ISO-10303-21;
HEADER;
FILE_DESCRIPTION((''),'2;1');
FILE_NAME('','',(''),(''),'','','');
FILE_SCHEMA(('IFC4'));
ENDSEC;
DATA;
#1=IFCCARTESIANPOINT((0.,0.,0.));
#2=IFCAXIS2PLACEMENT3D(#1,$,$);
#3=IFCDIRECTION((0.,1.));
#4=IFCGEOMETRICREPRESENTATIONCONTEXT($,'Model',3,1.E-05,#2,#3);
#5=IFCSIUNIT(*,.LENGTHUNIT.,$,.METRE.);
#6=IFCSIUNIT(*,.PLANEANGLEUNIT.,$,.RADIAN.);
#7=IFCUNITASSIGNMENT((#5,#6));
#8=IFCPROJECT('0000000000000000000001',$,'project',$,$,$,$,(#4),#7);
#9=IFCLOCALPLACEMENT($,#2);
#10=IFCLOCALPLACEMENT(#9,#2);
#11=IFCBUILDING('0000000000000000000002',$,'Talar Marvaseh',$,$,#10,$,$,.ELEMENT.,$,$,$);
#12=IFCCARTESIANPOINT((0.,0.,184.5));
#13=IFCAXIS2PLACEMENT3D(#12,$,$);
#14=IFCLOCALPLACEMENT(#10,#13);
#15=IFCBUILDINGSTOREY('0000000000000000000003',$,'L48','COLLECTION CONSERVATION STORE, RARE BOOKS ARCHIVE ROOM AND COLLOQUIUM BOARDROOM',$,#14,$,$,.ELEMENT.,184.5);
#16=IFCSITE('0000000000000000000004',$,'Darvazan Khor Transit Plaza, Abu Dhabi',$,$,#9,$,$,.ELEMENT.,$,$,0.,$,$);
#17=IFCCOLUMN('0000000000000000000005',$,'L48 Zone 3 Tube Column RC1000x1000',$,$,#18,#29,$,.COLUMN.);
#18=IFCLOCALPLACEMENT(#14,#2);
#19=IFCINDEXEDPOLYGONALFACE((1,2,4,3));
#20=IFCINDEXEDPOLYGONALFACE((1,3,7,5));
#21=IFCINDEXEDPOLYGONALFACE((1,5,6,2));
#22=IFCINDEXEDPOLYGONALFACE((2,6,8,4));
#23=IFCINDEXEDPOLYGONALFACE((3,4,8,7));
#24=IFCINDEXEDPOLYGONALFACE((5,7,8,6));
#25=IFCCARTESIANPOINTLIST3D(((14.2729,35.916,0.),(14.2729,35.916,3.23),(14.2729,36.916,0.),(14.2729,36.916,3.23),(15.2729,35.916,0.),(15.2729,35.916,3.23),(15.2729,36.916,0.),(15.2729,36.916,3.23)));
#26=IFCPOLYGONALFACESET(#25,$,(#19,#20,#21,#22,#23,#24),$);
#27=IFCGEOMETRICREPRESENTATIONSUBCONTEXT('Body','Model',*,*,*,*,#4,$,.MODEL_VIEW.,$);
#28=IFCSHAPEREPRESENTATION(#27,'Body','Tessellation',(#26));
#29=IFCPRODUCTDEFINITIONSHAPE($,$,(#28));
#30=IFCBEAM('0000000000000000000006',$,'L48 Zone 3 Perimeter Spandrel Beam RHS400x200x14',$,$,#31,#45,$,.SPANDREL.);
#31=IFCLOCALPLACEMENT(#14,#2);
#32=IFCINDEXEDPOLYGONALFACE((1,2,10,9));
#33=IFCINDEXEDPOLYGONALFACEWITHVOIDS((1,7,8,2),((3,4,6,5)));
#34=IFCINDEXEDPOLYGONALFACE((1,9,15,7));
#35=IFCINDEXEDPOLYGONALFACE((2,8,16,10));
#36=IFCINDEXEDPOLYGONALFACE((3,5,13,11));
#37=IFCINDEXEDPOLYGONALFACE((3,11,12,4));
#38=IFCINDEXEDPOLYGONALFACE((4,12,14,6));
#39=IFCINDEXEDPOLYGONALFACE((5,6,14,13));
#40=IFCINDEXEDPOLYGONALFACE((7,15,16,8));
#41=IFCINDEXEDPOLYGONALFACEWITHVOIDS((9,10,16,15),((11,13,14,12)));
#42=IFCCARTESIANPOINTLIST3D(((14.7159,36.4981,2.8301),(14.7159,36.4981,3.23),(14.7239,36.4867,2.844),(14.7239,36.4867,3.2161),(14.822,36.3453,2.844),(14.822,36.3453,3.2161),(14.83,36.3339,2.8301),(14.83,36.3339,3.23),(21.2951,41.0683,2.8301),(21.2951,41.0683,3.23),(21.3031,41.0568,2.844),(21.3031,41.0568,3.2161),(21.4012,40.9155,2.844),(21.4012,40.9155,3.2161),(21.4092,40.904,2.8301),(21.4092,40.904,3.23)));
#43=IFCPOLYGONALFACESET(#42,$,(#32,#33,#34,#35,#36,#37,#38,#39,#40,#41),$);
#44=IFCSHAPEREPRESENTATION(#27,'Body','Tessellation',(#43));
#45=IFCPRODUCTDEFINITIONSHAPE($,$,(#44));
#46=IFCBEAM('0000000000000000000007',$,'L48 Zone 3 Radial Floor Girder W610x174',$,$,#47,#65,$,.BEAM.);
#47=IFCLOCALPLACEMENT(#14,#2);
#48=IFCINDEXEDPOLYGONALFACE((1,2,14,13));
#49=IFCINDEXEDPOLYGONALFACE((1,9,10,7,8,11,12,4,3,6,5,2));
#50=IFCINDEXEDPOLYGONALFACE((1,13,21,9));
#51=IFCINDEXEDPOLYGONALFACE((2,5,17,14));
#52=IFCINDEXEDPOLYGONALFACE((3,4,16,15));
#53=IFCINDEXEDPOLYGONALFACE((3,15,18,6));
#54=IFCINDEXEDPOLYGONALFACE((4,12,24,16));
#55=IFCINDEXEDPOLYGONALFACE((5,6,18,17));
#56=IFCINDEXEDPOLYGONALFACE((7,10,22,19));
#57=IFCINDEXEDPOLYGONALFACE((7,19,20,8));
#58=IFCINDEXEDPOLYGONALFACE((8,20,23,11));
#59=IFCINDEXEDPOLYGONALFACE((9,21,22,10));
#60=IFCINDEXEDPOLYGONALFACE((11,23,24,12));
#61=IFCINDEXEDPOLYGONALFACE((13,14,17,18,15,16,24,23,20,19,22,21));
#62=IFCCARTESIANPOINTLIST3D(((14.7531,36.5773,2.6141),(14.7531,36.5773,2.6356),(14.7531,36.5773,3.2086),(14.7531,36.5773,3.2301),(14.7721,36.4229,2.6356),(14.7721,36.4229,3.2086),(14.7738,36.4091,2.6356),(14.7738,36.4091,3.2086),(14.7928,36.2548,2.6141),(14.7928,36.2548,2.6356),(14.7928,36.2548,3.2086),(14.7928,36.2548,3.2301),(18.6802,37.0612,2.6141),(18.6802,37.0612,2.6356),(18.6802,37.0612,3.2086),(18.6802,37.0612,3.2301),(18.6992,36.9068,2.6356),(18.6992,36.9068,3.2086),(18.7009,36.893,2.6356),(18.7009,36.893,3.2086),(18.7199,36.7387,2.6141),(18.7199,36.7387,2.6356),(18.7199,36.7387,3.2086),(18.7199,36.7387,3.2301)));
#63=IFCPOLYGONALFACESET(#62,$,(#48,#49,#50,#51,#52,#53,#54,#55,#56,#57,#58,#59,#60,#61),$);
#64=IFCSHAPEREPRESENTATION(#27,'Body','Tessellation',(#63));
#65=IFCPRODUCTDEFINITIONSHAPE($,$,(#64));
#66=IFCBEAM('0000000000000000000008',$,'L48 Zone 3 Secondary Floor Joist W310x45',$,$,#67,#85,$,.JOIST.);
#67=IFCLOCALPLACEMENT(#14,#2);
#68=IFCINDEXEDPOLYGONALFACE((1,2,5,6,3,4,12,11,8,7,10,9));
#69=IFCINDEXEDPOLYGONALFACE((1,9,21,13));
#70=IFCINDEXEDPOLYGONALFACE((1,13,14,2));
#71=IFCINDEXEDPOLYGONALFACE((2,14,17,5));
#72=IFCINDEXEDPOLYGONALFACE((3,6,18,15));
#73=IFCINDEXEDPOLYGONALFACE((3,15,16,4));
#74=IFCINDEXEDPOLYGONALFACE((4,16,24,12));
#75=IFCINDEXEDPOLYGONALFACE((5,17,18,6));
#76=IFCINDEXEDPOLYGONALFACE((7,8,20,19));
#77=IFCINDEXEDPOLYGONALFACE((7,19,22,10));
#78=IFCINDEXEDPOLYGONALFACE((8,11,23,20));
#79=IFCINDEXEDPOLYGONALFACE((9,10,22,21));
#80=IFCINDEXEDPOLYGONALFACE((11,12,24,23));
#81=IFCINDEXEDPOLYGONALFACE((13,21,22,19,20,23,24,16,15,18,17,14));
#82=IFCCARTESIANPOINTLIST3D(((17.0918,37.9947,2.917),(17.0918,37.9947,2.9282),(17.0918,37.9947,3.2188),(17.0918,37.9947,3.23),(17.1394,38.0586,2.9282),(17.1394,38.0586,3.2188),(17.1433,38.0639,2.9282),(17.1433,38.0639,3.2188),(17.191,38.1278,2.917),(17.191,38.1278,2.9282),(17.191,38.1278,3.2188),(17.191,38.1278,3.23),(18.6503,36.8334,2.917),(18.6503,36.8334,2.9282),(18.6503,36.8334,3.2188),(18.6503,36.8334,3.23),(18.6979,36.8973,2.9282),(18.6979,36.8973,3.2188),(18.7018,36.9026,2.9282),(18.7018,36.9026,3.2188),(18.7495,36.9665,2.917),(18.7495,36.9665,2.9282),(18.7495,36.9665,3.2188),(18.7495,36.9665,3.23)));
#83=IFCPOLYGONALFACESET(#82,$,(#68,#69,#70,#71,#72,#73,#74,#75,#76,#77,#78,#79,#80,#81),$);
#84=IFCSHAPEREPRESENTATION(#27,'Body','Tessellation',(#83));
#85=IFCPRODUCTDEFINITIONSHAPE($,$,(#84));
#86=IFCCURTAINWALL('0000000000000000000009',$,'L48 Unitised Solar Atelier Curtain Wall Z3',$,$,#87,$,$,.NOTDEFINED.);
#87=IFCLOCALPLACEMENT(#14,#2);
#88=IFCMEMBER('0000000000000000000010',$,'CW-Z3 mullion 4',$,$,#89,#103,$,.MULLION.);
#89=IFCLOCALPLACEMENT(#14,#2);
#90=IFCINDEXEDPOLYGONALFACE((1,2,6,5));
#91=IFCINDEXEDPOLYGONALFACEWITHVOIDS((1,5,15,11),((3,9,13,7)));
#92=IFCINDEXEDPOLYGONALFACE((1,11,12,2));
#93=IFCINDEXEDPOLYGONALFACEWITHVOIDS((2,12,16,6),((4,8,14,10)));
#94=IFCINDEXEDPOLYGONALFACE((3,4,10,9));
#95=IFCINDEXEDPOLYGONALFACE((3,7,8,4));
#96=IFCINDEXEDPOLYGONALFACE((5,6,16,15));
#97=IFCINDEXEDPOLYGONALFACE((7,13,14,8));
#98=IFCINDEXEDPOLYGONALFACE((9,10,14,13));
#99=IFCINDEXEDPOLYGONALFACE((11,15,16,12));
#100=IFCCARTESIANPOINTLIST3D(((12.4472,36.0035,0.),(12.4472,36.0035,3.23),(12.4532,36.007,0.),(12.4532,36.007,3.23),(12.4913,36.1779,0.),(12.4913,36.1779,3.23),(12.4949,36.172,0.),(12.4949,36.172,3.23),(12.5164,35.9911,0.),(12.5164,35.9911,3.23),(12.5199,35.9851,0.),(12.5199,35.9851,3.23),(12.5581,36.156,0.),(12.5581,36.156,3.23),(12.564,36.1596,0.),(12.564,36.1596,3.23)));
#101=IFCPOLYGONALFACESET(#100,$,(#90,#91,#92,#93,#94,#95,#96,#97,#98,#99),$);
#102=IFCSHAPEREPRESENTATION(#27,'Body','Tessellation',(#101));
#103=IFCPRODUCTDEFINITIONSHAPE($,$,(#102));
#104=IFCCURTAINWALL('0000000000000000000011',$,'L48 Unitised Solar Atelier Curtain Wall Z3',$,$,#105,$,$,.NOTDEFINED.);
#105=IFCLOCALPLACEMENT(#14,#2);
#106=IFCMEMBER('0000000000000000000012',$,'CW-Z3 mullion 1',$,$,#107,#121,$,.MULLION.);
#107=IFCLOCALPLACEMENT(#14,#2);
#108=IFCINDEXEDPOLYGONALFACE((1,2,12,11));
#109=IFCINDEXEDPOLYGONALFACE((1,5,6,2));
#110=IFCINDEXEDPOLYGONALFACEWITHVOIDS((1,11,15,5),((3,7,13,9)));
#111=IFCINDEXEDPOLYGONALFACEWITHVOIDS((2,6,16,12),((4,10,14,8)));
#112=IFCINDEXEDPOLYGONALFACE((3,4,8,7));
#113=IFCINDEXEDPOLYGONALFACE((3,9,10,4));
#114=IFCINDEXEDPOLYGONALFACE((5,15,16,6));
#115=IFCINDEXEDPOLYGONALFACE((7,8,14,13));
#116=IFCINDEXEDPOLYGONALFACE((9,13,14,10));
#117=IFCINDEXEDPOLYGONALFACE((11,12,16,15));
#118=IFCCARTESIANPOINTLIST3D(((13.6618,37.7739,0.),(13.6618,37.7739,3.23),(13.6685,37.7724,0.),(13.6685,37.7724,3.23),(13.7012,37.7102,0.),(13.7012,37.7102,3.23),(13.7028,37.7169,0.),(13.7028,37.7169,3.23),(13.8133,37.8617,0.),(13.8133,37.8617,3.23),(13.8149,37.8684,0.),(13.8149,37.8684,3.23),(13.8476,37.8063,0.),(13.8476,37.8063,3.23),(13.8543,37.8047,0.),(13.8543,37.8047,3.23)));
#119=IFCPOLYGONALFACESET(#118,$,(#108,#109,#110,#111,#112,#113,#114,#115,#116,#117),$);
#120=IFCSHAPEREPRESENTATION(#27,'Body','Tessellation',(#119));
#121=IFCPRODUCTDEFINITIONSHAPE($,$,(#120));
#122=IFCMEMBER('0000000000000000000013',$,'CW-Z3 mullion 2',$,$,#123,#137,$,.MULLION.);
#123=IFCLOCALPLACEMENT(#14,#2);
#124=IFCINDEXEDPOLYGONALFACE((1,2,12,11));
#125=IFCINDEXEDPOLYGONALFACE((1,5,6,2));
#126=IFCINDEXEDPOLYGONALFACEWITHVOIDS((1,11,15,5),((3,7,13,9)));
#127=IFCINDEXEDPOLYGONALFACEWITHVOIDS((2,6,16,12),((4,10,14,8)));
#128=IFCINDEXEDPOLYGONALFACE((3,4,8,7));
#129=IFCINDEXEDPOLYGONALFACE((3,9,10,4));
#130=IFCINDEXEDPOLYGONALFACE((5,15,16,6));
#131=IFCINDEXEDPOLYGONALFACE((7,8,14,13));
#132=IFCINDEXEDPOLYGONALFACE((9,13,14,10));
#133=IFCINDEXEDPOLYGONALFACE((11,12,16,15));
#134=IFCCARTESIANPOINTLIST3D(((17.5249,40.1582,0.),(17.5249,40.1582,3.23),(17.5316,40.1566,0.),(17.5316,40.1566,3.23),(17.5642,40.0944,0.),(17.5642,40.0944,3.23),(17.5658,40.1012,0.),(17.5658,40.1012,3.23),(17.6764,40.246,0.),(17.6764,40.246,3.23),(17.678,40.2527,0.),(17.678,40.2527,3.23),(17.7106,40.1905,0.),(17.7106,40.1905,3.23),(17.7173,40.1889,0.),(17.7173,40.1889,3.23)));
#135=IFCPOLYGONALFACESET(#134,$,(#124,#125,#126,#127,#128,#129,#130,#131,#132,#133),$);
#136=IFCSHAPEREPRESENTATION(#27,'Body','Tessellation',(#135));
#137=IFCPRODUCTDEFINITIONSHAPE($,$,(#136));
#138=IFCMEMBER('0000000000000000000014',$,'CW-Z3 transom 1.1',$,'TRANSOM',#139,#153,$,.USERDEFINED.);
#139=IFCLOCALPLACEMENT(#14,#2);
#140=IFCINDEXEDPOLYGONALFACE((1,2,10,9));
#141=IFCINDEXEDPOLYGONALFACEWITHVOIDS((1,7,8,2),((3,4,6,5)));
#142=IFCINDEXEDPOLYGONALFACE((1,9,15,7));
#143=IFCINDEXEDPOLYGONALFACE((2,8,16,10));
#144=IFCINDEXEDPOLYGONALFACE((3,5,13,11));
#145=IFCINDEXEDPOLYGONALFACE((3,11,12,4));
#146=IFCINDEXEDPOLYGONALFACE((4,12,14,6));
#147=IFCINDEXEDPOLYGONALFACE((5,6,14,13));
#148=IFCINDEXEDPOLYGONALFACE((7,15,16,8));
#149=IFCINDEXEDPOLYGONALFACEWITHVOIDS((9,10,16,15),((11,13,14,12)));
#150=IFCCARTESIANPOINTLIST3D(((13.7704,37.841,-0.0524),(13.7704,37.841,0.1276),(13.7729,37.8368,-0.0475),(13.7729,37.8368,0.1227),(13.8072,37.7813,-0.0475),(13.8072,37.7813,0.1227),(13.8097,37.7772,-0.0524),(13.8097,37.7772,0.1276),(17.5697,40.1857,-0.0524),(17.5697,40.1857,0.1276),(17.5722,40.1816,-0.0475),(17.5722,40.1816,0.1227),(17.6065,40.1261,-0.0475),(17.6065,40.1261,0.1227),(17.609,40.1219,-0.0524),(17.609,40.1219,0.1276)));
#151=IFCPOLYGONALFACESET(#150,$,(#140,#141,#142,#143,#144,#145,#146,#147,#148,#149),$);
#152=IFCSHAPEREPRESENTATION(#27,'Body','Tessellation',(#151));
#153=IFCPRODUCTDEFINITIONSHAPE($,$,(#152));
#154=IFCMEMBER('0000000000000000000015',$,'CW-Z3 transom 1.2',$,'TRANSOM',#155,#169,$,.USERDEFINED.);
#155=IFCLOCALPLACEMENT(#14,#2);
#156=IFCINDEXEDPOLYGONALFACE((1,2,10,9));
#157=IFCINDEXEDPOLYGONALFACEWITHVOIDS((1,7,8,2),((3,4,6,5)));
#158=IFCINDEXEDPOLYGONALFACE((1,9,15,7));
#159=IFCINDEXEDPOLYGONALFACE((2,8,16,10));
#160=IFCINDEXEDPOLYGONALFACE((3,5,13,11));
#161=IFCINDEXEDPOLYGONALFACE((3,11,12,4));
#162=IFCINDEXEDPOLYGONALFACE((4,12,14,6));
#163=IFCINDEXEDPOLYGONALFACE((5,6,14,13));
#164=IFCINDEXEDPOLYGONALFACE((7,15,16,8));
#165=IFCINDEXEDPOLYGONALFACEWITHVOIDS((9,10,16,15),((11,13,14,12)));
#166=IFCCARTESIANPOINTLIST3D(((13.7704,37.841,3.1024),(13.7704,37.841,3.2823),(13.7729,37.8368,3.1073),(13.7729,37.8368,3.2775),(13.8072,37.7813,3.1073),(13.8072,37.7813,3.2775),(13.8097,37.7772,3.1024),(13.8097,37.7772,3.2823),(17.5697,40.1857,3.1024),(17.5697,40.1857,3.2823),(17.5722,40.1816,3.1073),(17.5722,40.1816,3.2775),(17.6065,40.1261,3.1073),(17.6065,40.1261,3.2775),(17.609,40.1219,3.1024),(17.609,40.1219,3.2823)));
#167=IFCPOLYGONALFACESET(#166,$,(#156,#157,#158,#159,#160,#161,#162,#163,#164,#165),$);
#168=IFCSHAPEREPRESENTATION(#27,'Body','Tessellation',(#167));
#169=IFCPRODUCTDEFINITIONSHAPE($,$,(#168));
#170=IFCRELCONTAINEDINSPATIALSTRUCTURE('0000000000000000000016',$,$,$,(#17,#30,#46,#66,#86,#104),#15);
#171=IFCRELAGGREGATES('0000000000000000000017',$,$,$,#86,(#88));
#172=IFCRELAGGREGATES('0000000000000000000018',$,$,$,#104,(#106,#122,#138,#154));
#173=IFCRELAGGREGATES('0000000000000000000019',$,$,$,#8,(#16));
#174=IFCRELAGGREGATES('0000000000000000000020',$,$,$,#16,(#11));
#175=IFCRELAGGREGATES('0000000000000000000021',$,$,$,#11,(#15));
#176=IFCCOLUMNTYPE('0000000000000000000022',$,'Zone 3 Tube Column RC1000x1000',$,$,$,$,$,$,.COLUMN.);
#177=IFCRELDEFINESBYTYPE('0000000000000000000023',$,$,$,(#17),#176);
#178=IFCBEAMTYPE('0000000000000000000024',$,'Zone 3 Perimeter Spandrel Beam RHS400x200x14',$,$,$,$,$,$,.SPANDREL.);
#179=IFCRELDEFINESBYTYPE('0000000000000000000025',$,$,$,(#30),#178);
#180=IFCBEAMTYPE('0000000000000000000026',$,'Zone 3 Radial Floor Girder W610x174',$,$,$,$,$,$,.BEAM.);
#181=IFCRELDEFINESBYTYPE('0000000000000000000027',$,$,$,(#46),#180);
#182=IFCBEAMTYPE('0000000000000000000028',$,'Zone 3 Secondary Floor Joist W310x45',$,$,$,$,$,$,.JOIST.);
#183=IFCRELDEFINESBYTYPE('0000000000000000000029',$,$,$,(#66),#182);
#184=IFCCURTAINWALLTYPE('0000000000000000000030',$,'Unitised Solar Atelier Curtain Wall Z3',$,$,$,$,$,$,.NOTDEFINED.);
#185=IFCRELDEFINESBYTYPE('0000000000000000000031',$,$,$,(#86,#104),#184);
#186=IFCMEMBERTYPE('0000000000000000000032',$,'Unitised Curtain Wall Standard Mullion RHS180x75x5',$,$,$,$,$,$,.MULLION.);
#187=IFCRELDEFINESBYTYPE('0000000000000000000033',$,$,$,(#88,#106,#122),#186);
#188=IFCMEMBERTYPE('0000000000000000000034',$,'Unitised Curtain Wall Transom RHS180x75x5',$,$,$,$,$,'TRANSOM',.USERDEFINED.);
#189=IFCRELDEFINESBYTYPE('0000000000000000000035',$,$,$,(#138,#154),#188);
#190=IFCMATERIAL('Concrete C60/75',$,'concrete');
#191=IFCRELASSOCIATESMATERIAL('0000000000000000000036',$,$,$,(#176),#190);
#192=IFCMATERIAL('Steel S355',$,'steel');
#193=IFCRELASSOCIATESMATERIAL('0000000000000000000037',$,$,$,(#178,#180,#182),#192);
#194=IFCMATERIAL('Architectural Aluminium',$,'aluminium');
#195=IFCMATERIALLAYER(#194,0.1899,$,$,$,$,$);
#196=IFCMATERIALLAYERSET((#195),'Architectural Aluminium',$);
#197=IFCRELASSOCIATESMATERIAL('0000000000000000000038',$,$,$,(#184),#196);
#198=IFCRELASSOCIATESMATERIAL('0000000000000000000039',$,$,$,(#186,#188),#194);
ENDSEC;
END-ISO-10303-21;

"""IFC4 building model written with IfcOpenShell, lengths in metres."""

from ifc_helpers import new_model, si_unit, direction, frame, origin, origin_2d, place, context, subcontext, project, spatial, rectangle, hollow_rectangle, i_section, extrude, source, transform, mapped, material, layer, layer_set, material_profile, profile_set, type_object, type_shapes, element, aggregate, save


model = new_model("IFC4")

# Units and contexts
model_context = context("Model", 3, precision=1e-05, world=origin(), true_north=direction((0.0, 1.0)))
body_context = subcontext(model_context, "Body", "Model", "MODEL_VIEW")
ifc_project = project(units=[si_unit("LENGTHUNIT", "METRE"), si_unit("PLANEANGLEUNIT", "RADIAN")], contexts=[model_context])

# Site, building, storey
site_placement = place(None, origin())
site = spatial("IfcSite", under=ifc_project, at=site_placement, Name="Darvazan Khor Transit Plaza, Abu Dhabi", CompositionType="ELEMENT", RefElevation=0.0)
building_placement = place(site_placement, origin())
building = spatial("IfcBuilding", under=site, at=building_placement, Name="Talar Marvaseh", CompositionType="ELEMENT")
storey_placement = place(building_placement, frame((0.0, 0.0, 184.5)))
storey = spatial("IfcBuildingStorey", under=building, at=storey_placement, Name="L48", Description="COLLECTION CONSERVATION STORE, RARE BOOKS ARCHIVE ROOM AND COLLOQUIUM BOARDROOM", CompositionType="ELEMENT", Elevation=184.5)

# Column
ifc_material_1 = material(Name="Concrete C60/75", Category="concrete")
ifc_material_profile_1 = material_profile(ifc_material_1, rectangle(XDim=1.0, YDim=1.0, at=origin_2d()), Name="RC1000x1000")
ifc_profile_set_1 = profile_set([ifc_material_profile_1], Name="Concrete C60/75")
column_type = type_object("IfcColumnType", Name="Zone 3 Tube Column RC1000x1000", PredefinedType="COLUMN", material=ifc_profile_set_1)
column_placement = place(storey_placement, frame((14.7729, 36.416, 0.0), z_axis=(0.0, 0.0, 1.0), x_axis=(1.0, 0.0, 0.0)))
element("IfcColumn", 1, at=column_placement, inside=storey, type_object=column_type, Name="L48 Zone 3 Tube Column RC1000x1000", PredefinedType="COLUMN", context=body_context, shape_type="SweptSolid", body=[
    extrude(rectangle(XDim=1.0, YDim=1.0, at=origin_2d()), origin(), (0.0, 0.0, 1.0), 3.23),
])

# Beams
ifc_material_2 = material(Name="Steel S355", Category="steel")
ifc_material_profile_2 = material_profile(ifc_material_2, hollow_rectangle(XDim=0.2, YDim=0.3999, WallThickness=0.0139, at=origin_2d()), Name="RHS400x200x14")
ifc_profile_set_2 = profile_set([ifc_material_profile_2], Name="Steel S355")
beam_type_1 = type_object("IfcBeamType", Name="Zone 3 Perimeter Spandrel Beam RHS400x200x14", PredefinedType="SPANDREL", material=ifc_profile_set_2)
beam_1_placement = place(storey_placement, frame((14.7729, 36.416, 3.03), z_axis=(0.821297, 0.570501, 0.0), x_axis=(-0.570501, 0.821297, 0.0)))
element("IfcBeam", 2, at=beam_1_placement, inside=storey, type_object=beam_type_1, Name="L48 Zone 3 Perimeter Spandrel Beam RHS400x200x14", PredefinedType="SPANDREL", context=body_context, shape_type="SweptSolid", body=[
    extrude(hollow_rectangle(XDim=0.2, YDim=0.3999, WallThickness=0.0139, at=origin_2d()), origin(), (0.0, 0.0, 1.0), 8.0107),
])
ifc_material_profile_3 = material_profile(ifc_material_2, i_section(OverallWidth=0.325, OverallDepth=0.616, WebThickness=0.0139, FlangeThickness=0.0215, at=origin_2d()), Name="W610x174")
ifc_profile_set_3 = profile_set([ifc_material_profile_3], Name="Steel S355")
beam_type_2 = type_object("IfcBeamType", Name="Zone 3 Radial Floor Girder W610x174", PredefinedType="BEAM", material=ifc_profile_set_3)
beam_2_placement = place(storey_placement, frame((14.7729, 36.416, 2.9221), z_axis=(0.992494, 0.122295, 0.0), x_axis=(-0.122295, 0.992494, 0.0)))
element("IfcBeam", 3, at=beam_2_placement, inside=storey, type_object=beam_type_2, Name="L48 Zone 3 Radial Floor Girder W610x174", PredefinedType="BEAM", context=body_context, shape_type="SweptSolid", body=[
    extrude(i_section(OverallWidth=0.325, OverallDepth=0.616, WebThickness=0.0139, FlangeThickness=0.0215, at=origin_2d()), origin(), (0.0, 0.0, 1.0), 3.9568),
])
ifc_material_profile_4 = material_profile(ifc_material_2, i_section(OverallWidth=0.166, OverallDepth=0.313, WebThickness=0.0066, FlangeThickness=0.0112, at=origin_2d()), Name="W310x45")
ifc_profile_set_4 = profile_set([ifc_material_profile_4], Name="Steel S355")
beam_type_3 = type_object("IfcBeamType", Name="Zone 3 Secondary Floor Joist W310x45", PredefinedType="JOIST", material=ifc_profile_set_4)
beam_3_placement = place(storey_placement, frame((17.1414, 38.0613, 3.0735), z_axis=(0.801865, -0.597505, 0.0), x_axis=(0.597505, 0.801865, 0.0)))
element("IfcBeam", 4, at=beam_3_placement, inside=storey, type_object=beam_type_3, Name="L48 Zone 3 Secondary Floor Joist W310x45", PredefinedType="JOIST", context=body_context, shape_type="SweptSolid", body=[
    extrude(i_section(OverallWidth=0.166, OverallDepth=0.313, WebThickness=0.0066, FlangeThickness=0.0112, at=origin_2d()), origin(), (0.0, 0.0, 1.0), 1.9436),
])

# Curtain wall, member
ifc_material_3 = material(Name="Architectural Aluminium", Category="aluminium")
ifc_layer_1 = layer(ifc_material_3, 0.1899)
ifc_layer_set_1 = layer_set([ifc_layer_1], Name="Architectural Aluminium")
curtain_wall_type = type_object("IfcCurtainWallType", Name="Unitised Solar Atelier Curtain Wall Z3", PredefinedType="NOTDEFINED", material=ifc_layer_set_1)
curtain_wall_1_placement = place(storey_placement, origin())
curtain_wall_1 = element("IfcCurtainWall", 5, at=curtain_wall_1_placement, inside=storey, type_object=curtain_wall_type, Name="L48 Unitised Solar Atelier Curtain Wall Z3", PredefinedType="NOTDEFINED")
ifc_material_profile_5 = material_profile(ifc_material_3, hollow_rectangle(XDim=0.075, YDim=0.1799, WallThickness=0.0049, at=origin_2d()), Name="RHS180x75x5")
ifc_profile_set_5 = profile_set([ifc_material_profile_5], Name="Architectural Aluminium")
member_type_1 = type_object("IfcMemberType", Name="Unitised Curtain Wall Standard Mullion RHS180x75x5", PredefinedType="MULLION", material=ifc_profile_set_5)
shared_shape_1 = source(origin(), body_context, "Body", "SweptSolid", [
    extrude(hollow_rectangle(XDim=0.075, YDim=0.1799, WallThickness=0.0049, at=origin_2d()), origin(), (0.0, 0.0, 1.0), 3.23),
])
type_shapes(member_type_1, [shared_shape_1])
member_1_placement = place(storey_placement, frame((12.5056, 36.0815, 0.0), z_axis=(0.0, 0.0, 1.0), x_axis=(-0.969522, 0.245002, 0.0)))
member_1 = element("IfcMember", 6, at=member_1_placement, type_object=member_type_1, Name="CW-Z3 mullion 4", PredefinedType="MULLION", context=body_context, shape_type="MappedRepresentation", body=[
    mapped(shared_shape_1, transform((0.0, 0.0, 0.0), x_axis=(1.0, 0.0, 0.0), y_axis=(0.0, 1.0, 0.0), z_axis=(0.0, 0.0, 1.0), scale=1.0)),
])
aggregate(curtain_wall_1, [member_1])

# Curtain wall, members
curtain_wall_2_placement = place(storey_placement, origin())
curtain_wall_2 = element("IfcCurtainWall", 7, at=curtain_wall_2_placement, inside=storey, type_object=curtain_wall_type, Name="L48 Unitised Solar Atelier Curtain Wall Z3", PredefinedType="NOTDEFINED")
member_2_placement = place(storey_placement, frame((13.7581, 37.7893, 0.0), z_axis=(0.0, 0.0, 1.0), x_axis=(-0.525203, 0.850977, 0.0)))
member_2 = element("IfcMember", 8, at=member_2_placement, type_object=member_type_1, Name="CW-Z3 mullion 1", PredefinedType="MULLION", context=body_context, shape_type="MappedRepresentation", body=[
    mapped(shared_shape_1, transform((0.0, 0.0, 0.0), x_axis=(1.0, 0.0, 0.0), y_axis=(0.0, 1.0, 0.0), z_axis=(0.0, 0.0, 1.0), scale=1.0)),
])
member_3_placement = place(storey_placement, frame((17.6211, 40.1736, 0.0), z_axis=(0.0, 0.0, 1.0), x_axis=(-0.525203, 0.850977, 0.0)))
member_3 = element("IfcMember", 9, at=member_3_placement, type_object=member_type_1, Name="CW-Z3 mullion 2", PredefinedType="MULLION", context=body_context, shape_type="MappedRepresentation", body=[
    mapped(shared_shape_1, transform((0.0, 0.0, 0.0), x_axis=(1.0, 0.0, 0.0), y_axis=(0.0, 1.0, 0.0), z_axis=(0.0, 0.0, 1.0), scale=1.0)),
])
ifc_material_profile_6 = material_profile(ifc_material_3, hollow_rectangle(XDim=0.075, YDim=0.1799, WallThickness=0.0049, at=origin_2d()), Name="RHS180x75x5")
ifc_profile_set_6 = profile_set([ifc_material_profile_6], Name="Architectural Aluminium")
member_type_2 = type_object("IfcMemberType", Name="Unitised Curtain Wall Transom RHS180x75x5", ElementType="TRANSOM", PredefinedType="USERDEFINED", material=ifc_profile_set_6)
shared_shape_2 = source(origin(), body_context, "Body", "SweptSolid", [
    extrude(hollow_rectangle(XDim=0.075, YDim=0.1799, WallThickness=0.0049, at=origin_2d()), origin(), (0.0, 0.0, 1.0), 4.4646),
])
member_4_placement = place(storey_placement, frame((13.79, 37.8091, 0.0376), z_axis=(0.850989, 0.525183, 0.0), x_axis=(-0.525183, 0.850989, 0.0)))
member_4 = element("IfcMember", 10, at=member_4_placement, type_object=member_type_2, Name="CW-Z3 transom 1.1", ObjectType="TRANSOM", PredefinedType="USERDEFINED", context=body_context, shape_type="MappedRepresentation", body=[
    mapped(shared_shape_2, transform((0.0, 0.0, 0.0), x_axis=(1.0, 0.0, 0.0), y_axis=(0.0, 1.0, 0.0), z_axis=(0.0, 0.0, 1.0), scale=1.0)),
])
member_5_placement = place(storey_placement, frame((13.79, 37.8091, 3.1924), z_axis=(0.850989, 0.525183, 0.0), x_axis=(-0.525183, 0.850989, 0.0)))
member_5 = element("IfcMember", 11, at=member_5_placement, type_object=member_type_2, Name="CW-Z3 transom 1.2", ObjectType="TRANSOM", PredefinedType="USERDEFINED", context=body_context, shape_type="MappedRepresentation", body=[
    mapped(shared_shape_2, transform((0.0, 0.0, 0.0), x_axis=(1.0, 0.0, 0.0), y_axis=(0.0, 1.0, 0.0), z_axis=(0.0, 0.0, 1.0), scale=1.0)),
])
aggregate(curtain_wall_2, [member_2, member_3, member_4, member_5])

save(model, "model.ifc")
